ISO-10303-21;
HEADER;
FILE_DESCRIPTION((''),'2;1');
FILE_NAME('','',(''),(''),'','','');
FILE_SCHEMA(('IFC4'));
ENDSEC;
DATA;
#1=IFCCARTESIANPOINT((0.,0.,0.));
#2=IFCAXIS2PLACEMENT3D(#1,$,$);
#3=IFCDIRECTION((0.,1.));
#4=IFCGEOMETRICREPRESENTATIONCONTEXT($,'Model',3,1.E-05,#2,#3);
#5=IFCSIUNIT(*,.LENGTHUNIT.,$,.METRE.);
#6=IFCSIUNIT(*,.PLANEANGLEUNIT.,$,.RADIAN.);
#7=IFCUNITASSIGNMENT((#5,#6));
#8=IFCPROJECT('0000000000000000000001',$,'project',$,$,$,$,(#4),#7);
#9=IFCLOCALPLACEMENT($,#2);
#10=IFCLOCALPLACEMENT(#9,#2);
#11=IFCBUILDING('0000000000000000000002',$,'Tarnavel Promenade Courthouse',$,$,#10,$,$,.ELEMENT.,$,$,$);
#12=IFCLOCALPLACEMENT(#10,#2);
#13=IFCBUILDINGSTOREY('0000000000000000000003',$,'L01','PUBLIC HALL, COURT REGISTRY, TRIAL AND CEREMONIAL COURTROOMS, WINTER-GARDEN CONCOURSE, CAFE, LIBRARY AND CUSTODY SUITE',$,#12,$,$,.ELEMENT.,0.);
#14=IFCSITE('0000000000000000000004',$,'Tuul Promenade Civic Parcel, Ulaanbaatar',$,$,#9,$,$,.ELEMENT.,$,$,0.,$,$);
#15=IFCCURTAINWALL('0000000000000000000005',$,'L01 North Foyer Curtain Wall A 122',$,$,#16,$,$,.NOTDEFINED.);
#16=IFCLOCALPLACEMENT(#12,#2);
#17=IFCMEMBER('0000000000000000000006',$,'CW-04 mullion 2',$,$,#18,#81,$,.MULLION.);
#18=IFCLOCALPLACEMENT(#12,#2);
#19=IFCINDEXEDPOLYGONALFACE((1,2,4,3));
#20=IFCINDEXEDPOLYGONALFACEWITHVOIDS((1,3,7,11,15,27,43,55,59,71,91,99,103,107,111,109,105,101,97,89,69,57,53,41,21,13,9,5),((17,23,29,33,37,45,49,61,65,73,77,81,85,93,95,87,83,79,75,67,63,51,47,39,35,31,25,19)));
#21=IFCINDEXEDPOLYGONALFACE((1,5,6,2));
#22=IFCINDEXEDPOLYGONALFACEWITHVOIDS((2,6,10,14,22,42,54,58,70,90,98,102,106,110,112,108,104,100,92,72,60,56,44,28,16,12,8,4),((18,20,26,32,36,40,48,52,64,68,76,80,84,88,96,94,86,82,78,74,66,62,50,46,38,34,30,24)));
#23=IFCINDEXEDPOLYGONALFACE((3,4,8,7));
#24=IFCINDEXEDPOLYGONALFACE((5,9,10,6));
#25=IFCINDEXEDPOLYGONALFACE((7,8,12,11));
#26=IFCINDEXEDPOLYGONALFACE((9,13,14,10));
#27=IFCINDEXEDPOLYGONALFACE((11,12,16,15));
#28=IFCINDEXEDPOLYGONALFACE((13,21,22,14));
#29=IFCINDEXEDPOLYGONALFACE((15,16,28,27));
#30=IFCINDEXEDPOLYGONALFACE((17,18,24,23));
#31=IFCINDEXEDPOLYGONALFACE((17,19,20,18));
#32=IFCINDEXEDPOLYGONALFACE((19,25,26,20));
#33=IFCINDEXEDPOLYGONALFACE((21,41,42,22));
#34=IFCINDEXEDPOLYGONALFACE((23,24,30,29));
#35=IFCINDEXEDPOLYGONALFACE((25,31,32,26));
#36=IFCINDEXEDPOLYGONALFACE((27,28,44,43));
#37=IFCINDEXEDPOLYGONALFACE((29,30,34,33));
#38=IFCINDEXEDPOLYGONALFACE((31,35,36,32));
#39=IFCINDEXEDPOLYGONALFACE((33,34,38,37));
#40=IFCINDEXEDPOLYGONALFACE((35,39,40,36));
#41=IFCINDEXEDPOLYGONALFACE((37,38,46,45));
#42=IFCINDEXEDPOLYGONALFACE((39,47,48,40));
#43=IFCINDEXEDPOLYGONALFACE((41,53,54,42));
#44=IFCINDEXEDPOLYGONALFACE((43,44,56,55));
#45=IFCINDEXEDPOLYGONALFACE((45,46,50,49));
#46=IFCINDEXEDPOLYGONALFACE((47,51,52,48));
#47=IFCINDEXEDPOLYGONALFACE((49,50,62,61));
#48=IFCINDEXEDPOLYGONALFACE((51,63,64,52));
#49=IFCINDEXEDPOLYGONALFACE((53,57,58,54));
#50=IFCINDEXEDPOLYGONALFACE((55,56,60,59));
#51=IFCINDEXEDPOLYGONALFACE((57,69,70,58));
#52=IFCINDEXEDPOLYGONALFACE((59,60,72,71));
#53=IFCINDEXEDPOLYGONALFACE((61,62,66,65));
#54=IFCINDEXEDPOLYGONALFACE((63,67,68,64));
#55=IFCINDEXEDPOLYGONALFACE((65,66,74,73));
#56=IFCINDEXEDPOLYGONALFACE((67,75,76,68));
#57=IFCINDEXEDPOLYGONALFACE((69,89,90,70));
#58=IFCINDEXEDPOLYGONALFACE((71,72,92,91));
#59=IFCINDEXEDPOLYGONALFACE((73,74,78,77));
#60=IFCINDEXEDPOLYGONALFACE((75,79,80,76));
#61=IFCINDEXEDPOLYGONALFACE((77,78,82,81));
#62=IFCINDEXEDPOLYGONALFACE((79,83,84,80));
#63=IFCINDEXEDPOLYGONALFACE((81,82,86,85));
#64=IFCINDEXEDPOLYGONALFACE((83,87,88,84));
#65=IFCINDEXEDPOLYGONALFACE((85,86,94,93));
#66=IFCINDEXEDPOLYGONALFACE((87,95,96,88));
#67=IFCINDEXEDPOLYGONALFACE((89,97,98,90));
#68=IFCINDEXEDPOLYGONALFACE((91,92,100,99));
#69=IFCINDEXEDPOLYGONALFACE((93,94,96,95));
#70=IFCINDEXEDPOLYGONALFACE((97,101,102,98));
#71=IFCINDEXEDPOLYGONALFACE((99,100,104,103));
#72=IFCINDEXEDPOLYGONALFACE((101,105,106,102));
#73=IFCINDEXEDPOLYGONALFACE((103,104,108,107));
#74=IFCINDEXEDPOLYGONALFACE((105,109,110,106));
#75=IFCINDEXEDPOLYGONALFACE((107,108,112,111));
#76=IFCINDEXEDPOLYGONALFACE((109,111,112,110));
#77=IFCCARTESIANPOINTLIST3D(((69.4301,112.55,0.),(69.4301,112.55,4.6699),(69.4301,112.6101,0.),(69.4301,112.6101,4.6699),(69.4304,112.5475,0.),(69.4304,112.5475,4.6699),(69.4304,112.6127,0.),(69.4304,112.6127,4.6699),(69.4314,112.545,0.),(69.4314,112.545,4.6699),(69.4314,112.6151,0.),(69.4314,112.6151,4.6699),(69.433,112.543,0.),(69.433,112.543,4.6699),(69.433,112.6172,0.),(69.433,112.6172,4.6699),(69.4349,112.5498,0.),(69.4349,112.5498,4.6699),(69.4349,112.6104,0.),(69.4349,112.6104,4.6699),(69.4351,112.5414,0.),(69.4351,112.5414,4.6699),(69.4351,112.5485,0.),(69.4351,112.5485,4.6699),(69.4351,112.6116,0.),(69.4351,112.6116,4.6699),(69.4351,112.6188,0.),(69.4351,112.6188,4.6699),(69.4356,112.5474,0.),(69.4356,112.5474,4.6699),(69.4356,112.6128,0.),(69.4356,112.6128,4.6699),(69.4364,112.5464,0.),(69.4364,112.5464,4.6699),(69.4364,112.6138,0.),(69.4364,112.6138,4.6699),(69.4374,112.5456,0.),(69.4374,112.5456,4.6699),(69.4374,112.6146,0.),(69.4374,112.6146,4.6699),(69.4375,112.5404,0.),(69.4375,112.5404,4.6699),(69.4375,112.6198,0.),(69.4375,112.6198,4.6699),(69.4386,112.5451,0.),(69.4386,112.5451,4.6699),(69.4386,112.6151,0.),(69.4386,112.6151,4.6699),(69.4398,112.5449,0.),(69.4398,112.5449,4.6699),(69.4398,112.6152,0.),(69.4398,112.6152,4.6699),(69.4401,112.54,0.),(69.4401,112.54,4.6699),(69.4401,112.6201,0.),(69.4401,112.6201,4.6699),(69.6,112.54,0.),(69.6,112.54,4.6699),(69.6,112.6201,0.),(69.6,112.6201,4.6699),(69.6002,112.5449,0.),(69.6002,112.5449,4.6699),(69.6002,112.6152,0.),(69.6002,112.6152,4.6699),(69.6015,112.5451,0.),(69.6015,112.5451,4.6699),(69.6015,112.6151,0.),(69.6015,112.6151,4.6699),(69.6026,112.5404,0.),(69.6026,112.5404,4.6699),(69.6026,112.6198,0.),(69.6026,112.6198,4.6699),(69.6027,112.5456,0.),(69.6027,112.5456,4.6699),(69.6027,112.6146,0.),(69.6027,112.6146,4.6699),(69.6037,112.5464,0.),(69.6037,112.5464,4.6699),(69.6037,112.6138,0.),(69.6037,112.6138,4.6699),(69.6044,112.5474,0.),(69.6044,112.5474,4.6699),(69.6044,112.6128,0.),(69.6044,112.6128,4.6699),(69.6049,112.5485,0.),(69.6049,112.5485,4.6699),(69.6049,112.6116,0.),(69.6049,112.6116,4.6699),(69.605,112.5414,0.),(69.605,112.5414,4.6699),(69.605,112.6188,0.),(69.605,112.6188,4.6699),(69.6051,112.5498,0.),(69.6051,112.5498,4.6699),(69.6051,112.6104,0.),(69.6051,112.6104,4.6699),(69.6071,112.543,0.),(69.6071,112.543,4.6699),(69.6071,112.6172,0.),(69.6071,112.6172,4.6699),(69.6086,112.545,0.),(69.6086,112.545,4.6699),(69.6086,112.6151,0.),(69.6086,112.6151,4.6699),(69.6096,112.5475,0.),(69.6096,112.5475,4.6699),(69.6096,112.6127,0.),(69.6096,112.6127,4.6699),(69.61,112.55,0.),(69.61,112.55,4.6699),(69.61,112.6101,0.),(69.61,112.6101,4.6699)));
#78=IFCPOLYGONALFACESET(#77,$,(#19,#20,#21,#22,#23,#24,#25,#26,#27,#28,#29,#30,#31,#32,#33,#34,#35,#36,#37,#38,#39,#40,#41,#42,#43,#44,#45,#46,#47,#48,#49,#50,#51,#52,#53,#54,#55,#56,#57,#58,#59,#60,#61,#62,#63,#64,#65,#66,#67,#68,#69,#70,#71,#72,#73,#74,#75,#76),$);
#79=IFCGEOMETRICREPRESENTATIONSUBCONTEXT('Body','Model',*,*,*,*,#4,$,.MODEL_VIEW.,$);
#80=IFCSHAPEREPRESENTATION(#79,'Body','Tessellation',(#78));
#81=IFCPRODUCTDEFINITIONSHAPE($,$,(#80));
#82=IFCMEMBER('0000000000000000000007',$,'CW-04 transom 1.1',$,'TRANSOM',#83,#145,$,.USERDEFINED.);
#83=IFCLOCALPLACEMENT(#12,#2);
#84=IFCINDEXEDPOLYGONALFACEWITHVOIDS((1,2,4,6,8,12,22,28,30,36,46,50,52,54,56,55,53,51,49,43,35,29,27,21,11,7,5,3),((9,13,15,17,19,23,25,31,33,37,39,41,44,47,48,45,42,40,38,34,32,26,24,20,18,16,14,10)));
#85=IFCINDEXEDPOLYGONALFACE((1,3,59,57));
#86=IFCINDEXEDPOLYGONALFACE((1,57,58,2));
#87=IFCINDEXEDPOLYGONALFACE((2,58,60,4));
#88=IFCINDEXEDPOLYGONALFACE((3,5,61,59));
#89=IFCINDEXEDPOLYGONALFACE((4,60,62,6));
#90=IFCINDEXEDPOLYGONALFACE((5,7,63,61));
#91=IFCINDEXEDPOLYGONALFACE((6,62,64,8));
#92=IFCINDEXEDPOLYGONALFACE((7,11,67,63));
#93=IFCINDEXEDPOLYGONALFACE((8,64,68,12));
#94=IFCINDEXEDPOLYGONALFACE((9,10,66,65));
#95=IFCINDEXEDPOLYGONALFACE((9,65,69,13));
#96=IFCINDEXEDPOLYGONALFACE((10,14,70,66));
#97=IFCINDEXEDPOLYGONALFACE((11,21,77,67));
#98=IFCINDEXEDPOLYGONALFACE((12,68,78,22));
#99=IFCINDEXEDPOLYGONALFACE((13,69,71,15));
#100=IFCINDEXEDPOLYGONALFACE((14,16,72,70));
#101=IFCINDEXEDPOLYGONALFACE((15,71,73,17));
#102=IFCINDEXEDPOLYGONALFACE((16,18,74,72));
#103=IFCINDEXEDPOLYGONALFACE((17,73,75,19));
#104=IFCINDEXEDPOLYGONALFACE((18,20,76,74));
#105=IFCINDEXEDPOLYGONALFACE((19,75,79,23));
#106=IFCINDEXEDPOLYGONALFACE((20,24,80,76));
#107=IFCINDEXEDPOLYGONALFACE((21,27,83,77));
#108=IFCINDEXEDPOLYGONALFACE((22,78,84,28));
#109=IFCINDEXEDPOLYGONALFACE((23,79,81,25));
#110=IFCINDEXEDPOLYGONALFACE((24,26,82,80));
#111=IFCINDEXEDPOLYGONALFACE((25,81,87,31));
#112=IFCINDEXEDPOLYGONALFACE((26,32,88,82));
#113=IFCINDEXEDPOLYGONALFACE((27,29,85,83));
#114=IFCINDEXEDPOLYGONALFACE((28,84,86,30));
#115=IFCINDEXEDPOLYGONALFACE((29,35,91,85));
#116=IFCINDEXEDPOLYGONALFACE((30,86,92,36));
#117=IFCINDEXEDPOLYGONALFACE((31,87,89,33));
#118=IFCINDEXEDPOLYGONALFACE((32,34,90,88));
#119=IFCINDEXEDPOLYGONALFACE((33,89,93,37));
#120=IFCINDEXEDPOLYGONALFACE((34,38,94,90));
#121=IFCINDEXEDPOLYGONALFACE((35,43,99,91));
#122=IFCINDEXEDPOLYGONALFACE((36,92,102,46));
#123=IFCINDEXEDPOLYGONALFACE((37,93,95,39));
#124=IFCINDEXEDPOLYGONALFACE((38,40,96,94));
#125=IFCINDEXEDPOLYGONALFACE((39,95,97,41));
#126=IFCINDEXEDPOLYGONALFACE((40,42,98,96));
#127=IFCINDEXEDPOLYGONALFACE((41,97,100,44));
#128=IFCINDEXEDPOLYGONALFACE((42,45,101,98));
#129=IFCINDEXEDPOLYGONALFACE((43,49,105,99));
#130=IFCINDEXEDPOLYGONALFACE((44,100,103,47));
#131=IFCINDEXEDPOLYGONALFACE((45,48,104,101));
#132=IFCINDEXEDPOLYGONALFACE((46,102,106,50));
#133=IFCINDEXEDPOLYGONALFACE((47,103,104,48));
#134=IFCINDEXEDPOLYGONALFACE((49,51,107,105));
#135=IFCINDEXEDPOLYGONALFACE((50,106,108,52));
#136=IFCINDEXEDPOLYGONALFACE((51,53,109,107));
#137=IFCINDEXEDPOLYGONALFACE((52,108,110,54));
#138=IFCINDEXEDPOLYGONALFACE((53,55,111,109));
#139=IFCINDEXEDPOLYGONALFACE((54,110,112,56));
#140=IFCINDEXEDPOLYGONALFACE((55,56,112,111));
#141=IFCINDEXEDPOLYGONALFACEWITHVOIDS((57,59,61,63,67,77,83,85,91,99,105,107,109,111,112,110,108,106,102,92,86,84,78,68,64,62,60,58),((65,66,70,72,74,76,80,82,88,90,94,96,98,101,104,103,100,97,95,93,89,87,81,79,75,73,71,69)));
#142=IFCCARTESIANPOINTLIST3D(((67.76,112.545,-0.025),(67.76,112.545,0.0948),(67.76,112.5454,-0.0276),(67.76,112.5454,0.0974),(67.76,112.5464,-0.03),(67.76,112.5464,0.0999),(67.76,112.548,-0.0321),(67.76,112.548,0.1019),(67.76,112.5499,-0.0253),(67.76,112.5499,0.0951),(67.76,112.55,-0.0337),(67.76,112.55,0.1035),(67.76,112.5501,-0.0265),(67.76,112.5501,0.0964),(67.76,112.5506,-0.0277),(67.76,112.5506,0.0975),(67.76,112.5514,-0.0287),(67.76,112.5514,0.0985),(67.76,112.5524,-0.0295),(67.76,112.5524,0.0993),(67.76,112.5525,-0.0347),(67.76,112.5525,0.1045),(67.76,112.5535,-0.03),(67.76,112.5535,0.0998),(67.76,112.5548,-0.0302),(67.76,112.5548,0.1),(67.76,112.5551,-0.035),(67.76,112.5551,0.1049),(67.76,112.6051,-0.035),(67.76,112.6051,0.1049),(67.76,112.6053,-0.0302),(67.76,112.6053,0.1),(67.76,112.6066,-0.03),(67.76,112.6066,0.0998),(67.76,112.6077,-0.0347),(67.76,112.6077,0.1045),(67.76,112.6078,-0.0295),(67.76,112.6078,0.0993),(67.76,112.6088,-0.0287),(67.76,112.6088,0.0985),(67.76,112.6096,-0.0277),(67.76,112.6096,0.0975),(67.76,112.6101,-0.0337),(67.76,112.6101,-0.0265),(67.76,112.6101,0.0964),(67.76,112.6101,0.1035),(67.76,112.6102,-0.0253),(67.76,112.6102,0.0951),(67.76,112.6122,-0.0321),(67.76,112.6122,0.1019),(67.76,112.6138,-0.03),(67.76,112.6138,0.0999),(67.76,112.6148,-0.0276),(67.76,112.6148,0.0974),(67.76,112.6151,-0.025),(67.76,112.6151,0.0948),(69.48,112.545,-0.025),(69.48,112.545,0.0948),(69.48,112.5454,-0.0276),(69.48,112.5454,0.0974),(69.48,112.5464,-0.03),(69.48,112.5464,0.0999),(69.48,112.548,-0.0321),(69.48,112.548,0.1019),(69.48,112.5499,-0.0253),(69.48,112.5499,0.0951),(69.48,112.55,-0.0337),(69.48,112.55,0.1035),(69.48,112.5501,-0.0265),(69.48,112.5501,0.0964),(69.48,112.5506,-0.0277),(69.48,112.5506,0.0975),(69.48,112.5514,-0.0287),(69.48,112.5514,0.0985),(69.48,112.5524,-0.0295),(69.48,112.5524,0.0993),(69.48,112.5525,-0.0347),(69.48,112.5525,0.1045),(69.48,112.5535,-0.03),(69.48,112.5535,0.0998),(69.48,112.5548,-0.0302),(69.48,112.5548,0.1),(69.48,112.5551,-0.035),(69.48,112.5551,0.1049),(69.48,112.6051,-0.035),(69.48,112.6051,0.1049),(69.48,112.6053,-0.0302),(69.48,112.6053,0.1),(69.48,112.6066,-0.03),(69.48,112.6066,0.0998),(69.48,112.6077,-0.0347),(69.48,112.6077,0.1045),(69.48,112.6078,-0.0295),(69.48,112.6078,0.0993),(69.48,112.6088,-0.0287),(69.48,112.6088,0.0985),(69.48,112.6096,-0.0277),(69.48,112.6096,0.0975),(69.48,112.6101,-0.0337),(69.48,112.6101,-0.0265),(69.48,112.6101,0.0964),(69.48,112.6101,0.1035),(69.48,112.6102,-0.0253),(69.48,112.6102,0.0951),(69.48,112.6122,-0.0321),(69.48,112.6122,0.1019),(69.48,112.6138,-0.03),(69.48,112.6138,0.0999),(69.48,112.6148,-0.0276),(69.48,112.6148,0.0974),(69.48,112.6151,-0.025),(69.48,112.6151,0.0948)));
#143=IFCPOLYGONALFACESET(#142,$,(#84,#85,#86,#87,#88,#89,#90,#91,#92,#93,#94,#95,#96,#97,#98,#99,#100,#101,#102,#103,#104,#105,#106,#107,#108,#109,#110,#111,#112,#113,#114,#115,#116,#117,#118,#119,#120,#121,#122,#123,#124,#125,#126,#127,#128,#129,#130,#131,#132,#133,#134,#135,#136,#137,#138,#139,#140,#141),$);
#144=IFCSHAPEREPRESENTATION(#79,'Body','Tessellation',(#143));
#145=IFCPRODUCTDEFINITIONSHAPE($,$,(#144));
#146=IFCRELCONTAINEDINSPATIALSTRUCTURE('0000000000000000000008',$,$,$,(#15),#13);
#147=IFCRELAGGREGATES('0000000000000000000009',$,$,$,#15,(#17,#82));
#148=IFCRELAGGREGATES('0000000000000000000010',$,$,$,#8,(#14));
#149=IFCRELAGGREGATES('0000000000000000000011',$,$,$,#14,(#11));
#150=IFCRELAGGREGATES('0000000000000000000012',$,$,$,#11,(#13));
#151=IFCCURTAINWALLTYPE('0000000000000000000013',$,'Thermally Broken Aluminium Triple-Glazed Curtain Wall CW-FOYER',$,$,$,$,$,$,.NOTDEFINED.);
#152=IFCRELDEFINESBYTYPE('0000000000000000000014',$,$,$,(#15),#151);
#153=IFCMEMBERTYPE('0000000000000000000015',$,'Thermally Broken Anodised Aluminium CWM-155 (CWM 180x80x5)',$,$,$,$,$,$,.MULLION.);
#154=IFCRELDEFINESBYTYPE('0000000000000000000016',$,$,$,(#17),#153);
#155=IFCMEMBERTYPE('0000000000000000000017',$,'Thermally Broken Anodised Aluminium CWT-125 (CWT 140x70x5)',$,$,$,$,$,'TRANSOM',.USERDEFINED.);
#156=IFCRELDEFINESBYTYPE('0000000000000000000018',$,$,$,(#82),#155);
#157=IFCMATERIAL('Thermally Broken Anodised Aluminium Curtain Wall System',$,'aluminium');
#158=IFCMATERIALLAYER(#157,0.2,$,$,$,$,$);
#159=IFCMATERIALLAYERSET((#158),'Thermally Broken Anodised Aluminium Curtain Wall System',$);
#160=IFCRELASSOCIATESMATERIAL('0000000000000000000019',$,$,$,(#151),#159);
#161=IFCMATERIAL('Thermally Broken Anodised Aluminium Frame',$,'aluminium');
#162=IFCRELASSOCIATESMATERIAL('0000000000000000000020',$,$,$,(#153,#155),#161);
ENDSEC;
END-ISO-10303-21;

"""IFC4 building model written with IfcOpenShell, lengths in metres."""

from ifc_helpers import new_model, si_unit, direction, frame, origin, origin_2d, place, context, subcontext, project, spatial, hollow_rectangle, extrude, material, layer, layer_set, material_profile, profile_set, type_object, element, aggregate, save


model = new_model("IFC4")

# Units and contexts
model_context = context("Model", 3, precision=1e-05, world=origin(), true_north=direction((0.0, 1.0)))
body_context = subcontext(model_context, "Body", "Model", "MODEL_VIEW")
ifc_project = project(units=[si_unit("LENGTHUNIT", "METRE"), si_unit("PLANEANGLEUNIT", "RADIAN")], contexts=[model_context])

# Site, building, storey
site_placement = place(None, origin())
site = spatial("IfcSite", under=ifc_project, at=site_placement, Name="Tuul Promenade Civic Parcel, Ulaanbaatar", CompositionType="ELEMENT", RefElevation=0.0)
building_placement = place(site_placement, origin())
building = spatial("IfcBuilding", under=site, at=building_placement, Name="Tarnavel Promenade Courthouse", CompositionType="ELEMENT")
storey_placement = place(building_placement, origin())
storey = spatial("IfcBuildingStorey", under=building, at=storey_placement, Name="L01", Description="PUBLIC HALL, COURT REGISTRY, TRIAL AND CEREMONIAL COURTROOMS, WINTER-GARDEN CONCOURSE, CAFE, LIBRARY AND CUSTODY SUITE", CompositionType="ELEMENT", Elevation=0.0)

# Curtain wall, members
ifc_material_1 = material(Name="Thermally Broken Anodised Aluminium Curtain Wall System", Category="aluminium")
ifc_layer_1 = layer(ifc_material_1, 0.2)
ifc_layer_set_1 = layer_set([ifc_layer_1], Name="Thermally Broken Anodised Aluminium Curtain Wall System")
curtain_wall_type = type_object("IfcCurtainWallType", Name="Thermally Broken Aluminium Triple-Glazed Curtain Wall CW-FOYER", PredefinedType="NOTDEFINED", material=ifc_layer_set_1)
curtain_wall_placement = place(storey_placement, origin())
curtain_wall = element("IfcCurtainWall", 1, at=curtain_wall_placement, inside=storey, type_object=curtain_wall_type, Name="L01 North Foyer Curtain Wall A 122", PredefinedType="NOTDEFINED")
ifc_material_2 = material(Name="Thermally Broken Anodised Aluminium Frame", Category="aluminium")
ifc_material_profile_1 = material_profile(ifc_material_2, hollow_rectangle(XDim=0.0801, YDim=0.1799, WallThickness=0.0049, InnerFilletRadius=0.0049, OuterFilletRadius=0.01, at=origin_2d()), Name="CWM 180x80x5")
ifc_profile_set_1 = profile_set([ifc_material_profile_1], Name="Thermally Broken Anodised Aluminium Frame")
member_type_1 = type_object("IfcMemberType", Name="Thermally Broken Anodised Aluminium CWM-155 (CWM 180x80x5)", PredefinedType="MULLION", material=ifc_profile_set_1)
member_1_placement = place(storey_placement, frame((69.52, 112.5801, 0.0), z_axis=(0.0, 0.0, 1.0), x_axis=(0.0, 1.0, 0.0)))
member_1 = element("IfcMember", 2, at=member_1_placement, type_object=member_type_1, Name="CW-04 mullion 2", PredefinedType="MULLION", context=body_context, shape_type="SweptSolid", body=[
    extrude(hollow_rectangle(XDim=0.0801, YDim=0.1799, WallThickness=0.0049, InnerFilletRadius=0.0049, OuterFilletRadius=0.01, at=origin_2d()), origin(), (0.0, 0.0, 1.0), 4.6699),
])
ifc_material_profile_2 = material_profile(ifc_material_2, hollow_rectangle(XDim=0.0701, YDim=0.1399, WallThickness=0.0049, InnerFilletRadius=0.0049, OuterFilletRadius=0.01, at=origin_2d()), Name="CWT 140x70x5")
ifc_profile_set_2 = profile_set([ifc_material_profile_2], Name="Thermally Broken Anodised Aluminium Frame")
member_type_2 = type_object("IfcMemberType", Name="Thermally Broken Anodised Aluminium CWT-125 (CWT 140x70x5)", ElementType="TRANSOM", PredefinedType="USERDEFINED", material=ifc_profile_set_2)
member_2_placement = place(storey_placement, frame((67.76, 112.5801, 0.0349), z_axis=(1.0, 0.0, 0.0), x_axis=(0.0, 1.0, 0.0)))
member_2 = element("IfcMember", 3, at=member_2_placement, type_object=member_type_2, Name="CW-04 transom 1.1", ObjectType="TRANSOM", PredefinedType="USERDEFINED", context=body_context, shape_type="SweptSolid", body=[
    extrude(hollow_rectangle(XDim=0.0701, YDim=0.1399, WallThickness=0.0049, InnerFilletRadius=0.0049, OuterFilletRadius=0.01, at=origin_2d()), origin(), (0.0, 0.0, 1.0), 1.72),
])
aggregate(curtain_wall, [member_1, member_2])

save(model, "model.ifc")
